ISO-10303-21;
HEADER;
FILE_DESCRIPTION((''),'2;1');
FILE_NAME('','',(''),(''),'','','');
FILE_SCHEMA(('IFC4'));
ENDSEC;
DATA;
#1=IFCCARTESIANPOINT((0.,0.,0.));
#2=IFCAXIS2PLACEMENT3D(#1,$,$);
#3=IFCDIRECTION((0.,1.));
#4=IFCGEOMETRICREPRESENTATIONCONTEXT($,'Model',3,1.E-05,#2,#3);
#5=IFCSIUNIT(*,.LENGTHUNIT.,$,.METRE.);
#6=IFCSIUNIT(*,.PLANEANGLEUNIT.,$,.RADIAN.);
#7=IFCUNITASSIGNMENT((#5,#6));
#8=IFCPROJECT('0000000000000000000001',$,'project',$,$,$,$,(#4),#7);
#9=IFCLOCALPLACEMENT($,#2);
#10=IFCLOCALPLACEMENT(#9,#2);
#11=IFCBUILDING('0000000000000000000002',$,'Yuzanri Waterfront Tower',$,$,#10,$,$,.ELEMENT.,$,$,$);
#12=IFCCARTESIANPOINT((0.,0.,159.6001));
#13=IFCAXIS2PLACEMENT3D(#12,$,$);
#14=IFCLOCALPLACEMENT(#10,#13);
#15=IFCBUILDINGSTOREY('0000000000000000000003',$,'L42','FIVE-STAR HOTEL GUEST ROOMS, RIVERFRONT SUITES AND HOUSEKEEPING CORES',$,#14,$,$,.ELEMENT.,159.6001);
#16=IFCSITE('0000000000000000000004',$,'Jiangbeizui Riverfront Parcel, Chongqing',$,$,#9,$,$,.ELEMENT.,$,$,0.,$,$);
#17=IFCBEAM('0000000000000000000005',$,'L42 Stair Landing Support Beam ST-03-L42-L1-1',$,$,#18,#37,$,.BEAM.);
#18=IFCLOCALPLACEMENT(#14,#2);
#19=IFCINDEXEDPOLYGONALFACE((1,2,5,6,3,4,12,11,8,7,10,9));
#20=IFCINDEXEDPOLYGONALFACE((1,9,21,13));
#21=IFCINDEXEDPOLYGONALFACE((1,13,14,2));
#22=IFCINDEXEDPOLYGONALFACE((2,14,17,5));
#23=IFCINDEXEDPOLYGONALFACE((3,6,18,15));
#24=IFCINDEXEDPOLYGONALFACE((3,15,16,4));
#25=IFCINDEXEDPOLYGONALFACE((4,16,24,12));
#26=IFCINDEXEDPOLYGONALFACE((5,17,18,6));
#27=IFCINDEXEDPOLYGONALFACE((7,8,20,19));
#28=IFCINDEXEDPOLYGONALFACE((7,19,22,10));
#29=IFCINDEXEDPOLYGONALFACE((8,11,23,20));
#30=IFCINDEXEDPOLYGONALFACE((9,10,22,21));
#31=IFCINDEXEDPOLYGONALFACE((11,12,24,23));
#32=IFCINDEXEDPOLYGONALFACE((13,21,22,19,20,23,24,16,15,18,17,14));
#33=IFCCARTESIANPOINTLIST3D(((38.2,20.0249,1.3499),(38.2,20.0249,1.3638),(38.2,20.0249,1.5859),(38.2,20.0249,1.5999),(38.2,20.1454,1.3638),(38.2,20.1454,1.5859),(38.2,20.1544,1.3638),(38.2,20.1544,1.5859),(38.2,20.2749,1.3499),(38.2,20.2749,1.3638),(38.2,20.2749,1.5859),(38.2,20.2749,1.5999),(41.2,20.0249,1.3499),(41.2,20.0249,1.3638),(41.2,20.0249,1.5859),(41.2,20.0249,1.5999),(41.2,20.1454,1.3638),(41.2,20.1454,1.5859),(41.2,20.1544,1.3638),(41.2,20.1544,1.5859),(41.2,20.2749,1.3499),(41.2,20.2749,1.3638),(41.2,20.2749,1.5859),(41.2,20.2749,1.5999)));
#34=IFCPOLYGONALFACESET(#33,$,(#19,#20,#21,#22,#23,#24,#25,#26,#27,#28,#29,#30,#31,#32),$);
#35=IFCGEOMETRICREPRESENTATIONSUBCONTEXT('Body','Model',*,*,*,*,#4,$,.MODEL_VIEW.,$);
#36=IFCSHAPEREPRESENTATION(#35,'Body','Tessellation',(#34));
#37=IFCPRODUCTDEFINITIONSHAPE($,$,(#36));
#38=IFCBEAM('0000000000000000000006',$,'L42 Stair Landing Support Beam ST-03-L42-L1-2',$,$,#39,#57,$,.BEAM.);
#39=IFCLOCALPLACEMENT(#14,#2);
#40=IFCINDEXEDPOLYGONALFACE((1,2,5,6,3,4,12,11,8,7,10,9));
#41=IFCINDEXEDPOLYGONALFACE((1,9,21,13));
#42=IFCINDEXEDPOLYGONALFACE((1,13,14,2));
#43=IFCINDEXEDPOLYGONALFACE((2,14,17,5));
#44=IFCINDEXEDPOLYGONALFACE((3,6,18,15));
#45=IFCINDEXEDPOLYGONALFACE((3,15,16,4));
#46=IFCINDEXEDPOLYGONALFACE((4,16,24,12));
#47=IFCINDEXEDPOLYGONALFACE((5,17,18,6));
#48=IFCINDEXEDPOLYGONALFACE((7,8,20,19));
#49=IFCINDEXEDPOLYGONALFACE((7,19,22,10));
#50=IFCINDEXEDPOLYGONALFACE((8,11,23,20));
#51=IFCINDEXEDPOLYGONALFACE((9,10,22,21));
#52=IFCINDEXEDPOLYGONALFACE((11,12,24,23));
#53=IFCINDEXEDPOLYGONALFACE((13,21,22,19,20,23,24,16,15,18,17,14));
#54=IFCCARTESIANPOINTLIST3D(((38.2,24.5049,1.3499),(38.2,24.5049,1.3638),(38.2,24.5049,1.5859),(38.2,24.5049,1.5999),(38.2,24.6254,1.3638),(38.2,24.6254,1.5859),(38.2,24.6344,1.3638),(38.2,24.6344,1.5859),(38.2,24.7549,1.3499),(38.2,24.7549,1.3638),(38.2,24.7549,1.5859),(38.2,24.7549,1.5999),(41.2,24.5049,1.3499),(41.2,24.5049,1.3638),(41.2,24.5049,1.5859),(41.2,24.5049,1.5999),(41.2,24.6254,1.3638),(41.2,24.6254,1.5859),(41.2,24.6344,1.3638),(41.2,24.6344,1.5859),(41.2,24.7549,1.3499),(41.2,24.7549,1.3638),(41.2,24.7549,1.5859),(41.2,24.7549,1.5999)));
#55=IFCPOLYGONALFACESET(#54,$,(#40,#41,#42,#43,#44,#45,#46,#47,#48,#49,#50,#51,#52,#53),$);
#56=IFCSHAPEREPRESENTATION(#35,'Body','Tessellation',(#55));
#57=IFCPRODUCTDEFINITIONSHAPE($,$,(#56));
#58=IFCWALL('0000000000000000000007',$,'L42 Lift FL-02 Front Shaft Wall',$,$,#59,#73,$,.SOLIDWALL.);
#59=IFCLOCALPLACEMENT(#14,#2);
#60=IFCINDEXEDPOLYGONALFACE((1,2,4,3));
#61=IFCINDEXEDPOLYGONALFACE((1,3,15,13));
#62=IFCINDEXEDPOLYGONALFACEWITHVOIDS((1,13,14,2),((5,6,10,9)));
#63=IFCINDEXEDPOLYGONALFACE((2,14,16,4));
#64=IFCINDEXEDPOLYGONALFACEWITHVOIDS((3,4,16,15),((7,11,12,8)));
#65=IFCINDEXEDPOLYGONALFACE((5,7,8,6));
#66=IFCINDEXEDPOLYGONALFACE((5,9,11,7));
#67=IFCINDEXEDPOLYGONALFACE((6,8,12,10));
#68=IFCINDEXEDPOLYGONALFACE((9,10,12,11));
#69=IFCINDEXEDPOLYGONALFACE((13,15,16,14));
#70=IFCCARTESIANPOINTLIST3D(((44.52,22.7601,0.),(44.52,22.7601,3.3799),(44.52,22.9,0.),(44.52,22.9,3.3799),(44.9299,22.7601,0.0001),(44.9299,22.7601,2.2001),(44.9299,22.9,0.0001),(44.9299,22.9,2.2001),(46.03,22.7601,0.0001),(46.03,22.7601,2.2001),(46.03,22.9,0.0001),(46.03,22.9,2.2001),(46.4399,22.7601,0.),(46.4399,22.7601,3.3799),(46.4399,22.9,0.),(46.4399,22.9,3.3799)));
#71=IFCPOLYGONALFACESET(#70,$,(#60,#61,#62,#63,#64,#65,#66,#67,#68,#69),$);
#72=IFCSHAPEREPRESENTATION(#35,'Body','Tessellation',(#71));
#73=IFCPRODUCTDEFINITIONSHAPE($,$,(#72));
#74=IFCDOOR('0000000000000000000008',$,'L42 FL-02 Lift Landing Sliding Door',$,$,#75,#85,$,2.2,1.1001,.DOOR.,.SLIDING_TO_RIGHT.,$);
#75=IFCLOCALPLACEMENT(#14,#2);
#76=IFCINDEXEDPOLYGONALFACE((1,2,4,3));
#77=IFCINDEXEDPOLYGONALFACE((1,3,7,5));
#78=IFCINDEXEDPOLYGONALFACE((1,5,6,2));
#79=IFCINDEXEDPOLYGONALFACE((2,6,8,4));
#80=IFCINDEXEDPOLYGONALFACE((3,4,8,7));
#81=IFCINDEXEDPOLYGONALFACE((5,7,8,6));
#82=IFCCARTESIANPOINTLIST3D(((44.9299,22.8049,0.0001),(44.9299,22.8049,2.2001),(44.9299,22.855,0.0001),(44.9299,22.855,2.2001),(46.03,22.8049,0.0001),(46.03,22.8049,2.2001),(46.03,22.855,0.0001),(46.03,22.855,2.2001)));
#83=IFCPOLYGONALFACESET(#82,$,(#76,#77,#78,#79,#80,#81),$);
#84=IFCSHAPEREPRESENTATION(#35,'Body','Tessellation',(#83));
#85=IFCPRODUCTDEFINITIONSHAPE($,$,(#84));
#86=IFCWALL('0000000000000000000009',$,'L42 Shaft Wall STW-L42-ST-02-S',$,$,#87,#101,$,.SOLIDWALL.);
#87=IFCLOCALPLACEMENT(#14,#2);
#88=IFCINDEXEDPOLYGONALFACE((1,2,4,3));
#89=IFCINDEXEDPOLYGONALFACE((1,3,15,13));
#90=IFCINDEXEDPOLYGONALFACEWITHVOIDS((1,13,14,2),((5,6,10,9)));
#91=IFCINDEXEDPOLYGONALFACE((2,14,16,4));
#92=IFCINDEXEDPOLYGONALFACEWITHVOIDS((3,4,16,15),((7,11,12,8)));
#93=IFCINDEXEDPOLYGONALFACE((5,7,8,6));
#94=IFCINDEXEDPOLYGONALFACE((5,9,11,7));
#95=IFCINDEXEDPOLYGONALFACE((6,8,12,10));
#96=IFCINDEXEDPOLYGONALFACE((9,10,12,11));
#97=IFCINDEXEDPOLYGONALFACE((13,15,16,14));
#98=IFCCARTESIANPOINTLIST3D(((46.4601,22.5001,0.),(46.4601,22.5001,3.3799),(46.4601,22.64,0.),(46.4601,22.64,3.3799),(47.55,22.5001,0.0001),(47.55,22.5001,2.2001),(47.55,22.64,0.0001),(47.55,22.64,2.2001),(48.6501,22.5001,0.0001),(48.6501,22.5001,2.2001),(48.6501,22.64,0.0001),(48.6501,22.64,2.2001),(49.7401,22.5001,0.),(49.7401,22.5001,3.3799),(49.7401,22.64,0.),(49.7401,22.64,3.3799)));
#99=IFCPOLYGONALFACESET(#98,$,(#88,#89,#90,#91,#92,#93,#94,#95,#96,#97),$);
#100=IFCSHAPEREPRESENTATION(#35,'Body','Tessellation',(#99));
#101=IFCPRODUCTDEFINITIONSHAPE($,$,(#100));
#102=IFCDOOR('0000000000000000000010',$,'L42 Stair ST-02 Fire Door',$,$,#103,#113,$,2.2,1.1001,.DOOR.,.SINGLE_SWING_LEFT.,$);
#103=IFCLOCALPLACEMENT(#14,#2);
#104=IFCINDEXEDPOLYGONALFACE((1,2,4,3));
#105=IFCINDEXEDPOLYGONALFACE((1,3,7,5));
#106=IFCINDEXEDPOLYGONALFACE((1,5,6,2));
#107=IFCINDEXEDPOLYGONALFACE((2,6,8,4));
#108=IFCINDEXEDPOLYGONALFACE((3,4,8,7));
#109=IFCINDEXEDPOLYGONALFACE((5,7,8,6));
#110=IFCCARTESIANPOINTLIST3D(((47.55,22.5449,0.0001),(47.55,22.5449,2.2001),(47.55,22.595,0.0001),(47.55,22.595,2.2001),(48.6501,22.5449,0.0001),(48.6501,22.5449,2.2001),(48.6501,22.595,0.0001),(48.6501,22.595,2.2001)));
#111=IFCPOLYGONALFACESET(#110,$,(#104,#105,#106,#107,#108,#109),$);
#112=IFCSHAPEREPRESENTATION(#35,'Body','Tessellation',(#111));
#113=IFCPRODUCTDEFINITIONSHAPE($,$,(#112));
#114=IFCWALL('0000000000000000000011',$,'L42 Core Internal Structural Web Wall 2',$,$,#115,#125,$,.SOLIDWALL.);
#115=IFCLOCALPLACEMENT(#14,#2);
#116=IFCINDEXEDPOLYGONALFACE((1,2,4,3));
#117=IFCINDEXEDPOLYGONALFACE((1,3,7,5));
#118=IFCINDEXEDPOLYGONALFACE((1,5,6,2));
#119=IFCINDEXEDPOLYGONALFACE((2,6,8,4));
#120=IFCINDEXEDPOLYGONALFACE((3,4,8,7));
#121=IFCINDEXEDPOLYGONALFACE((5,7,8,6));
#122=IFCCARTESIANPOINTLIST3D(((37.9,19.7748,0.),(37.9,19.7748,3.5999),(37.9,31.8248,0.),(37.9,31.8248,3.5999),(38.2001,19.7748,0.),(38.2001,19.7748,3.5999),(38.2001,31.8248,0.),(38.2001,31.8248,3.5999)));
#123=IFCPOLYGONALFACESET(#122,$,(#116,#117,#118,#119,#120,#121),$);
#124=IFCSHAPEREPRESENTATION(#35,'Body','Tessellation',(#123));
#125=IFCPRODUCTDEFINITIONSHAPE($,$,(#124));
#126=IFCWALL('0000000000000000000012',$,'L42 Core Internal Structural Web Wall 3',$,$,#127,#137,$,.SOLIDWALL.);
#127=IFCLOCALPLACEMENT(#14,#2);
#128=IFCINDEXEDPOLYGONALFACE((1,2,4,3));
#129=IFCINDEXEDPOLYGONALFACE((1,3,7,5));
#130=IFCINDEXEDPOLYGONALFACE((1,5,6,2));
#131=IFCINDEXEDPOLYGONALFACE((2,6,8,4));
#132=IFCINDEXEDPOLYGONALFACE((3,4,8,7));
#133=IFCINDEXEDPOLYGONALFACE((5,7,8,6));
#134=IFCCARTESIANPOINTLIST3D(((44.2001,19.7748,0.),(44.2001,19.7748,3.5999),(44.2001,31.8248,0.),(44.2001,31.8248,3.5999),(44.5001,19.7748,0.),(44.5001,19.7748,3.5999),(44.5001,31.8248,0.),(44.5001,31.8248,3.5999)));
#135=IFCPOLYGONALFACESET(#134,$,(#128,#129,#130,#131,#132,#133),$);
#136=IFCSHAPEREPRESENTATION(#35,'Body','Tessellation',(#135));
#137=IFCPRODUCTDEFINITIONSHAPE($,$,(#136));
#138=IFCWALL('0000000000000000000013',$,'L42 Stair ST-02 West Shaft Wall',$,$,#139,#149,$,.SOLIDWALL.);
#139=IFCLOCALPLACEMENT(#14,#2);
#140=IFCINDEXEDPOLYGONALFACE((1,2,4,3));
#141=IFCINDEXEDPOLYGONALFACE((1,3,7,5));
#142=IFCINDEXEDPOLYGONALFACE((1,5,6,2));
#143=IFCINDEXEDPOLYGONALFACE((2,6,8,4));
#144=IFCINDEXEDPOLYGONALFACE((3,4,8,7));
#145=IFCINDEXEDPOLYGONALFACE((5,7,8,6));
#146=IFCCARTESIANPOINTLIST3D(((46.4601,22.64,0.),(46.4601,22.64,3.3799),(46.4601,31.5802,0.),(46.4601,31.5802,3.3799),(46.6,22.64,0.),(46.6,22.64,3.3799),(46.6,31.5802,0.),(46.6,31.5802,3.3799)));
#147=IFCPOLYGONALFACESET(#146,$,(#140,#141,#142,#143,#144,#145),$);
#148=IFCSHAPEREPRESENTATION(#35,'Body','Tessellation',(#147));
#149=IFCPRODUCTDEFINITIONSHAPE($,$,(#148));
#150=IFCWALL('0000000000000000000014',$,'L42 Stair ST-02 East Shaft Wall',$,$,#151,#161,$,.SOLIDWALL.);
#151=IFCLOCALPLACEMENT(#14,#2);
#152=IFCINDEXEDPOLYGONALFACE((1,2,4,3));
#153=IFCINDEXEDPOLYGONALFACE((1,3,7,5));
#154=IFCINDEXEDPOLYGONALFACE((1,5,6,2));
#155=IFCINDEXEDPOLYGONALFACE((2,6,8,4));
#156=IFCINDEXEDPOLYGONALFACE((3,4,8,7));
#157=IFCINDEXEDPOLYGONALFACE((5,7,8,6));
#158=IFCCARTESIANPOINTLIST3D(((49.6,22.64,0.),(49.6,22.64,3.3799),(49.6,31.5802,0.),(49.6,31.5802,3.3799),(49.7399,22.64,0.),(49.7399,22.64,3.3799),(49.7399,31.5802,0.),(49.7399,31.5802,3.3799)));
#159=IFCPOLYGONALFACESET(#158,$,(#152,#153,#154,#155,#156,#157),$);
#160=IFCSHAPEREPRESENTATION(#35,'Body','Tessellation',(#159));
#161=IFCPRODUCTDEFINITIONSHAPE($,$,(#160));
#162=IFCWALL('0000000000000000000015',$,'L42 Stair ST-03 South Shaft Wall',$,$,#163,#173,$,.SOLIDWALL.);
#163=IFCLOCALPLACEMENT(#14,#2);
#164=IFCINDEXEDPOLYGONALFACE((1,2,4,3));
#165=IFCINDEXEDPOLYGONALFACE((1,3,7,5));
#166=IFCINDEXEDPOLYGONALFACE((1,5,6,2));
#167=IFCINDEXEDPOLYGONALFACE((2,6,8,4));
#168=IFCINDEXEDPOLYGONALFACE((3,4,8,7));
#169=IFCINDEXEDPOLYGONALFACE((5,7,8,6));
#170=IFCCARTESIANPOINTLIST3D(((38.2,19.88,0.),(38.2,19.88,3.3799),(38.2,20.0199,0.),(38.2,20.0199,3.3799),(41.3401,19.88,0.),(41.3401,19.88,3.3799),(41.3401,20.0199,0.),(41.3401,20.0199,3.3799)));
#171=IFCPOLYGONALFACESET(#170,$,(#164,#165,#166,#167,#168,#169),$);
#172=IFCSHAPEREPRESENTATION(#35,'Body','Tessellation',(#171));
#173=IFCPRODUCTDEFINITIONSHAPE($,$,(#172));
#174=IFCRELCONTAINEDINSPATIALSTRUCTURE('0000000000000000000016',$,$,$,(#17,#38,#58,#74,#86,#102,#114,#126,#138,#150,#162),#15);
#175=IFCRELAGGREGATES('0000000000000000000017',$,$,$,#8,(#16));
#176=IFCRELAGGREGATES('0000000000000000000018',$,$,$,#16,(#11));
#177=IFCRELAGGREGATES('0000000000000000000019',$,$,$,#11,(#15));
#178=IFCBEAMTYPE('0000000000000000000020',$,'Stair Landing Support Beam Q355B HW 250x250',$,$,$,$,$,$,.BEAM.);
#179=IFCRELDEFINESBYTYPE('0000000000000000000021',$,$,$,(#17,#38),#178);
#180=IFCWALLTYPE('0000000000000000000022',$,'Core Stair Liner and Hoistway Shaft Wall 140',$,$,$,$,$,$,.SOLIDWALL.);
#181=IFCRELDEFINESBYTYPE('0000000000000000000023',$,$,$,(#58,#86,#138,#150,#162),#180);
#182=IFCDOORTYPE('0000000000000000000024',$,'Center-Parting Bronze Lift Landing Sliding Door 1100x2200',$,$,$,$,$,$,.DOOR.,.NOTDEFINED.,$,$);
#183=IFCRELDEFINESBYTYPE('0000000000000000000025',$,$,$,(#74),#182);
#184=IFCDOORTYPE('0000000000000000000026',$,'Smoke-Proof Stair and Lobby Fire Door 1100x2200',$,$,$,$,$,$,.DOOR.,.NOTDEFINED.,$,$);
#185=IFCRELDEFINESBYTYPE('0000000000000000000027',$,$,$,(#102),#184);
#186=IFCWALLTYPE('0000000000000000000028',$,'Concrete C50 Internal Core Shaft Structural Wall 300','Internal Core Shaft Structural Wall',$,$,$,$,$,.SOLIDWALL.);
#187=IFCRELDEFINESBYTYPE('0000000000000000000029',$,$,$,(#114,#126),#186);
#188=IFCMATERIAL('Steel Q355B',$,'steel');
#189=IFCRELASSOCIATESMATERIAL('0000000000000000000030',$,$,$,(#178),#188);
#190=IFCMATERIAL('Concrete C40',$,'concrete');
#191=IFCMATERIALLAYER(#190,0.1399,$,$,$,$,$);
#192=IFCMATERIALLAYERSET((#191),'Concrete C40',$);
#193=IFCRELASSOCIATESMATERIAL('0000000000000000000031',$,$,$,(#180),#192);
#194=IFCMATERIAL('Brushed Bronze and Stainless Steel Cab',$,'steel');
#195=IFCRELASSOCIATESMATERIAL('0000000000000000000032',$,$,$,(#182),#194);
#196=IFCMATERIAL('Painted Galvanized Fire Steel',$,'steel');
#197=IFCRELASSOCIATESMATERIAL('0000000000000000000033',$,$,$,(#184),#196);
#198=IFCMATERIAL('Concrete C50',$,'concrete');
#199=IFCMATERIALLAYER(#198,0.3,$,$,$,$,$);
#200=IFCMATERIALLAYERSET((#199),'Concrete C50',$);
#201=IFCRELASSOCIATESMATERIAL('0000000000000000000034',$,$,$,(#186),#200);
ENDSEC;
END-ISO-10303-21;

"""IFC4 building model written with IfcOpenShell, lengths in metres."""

from ifc_helpers import new_model, si_unit, direction, frame, frame_2d, origin, origin_2d, place, context, subcontext, project, spatial, rectangle, i_section, extrude, source, transform, mapped, material, layer, layer_set, material_profile, profile_set, type_object, element, fill, save


model = new_model("IFC4")

# Units and contexts
model_context = context("Model", 3, precision=1e-05, world=origin(), true_north=direction((0.0, 1.0)))
body_context = subcontext(model_context, "Body", "Model", "MODEL_VIEW")
ifc_project = project(units=[si_unit("LENGTHUNIT", "METRE"), si_unit("PLANEANGLEUNIT", "RADIAN")], contexts=[model_context])

# Site, building, storey
site_placement = place(None, origin())
site = spatial("IfcSite", under=ifc_project, at=site_placement, Name="Jiangbeizui Riverfront Parcel, Chongqing", CompositionType="ELEMENT", RefElevation=0.0)
building_placement = place(site_placement, origin())
building = spatial("IfcBuilding", under=site, at=building_placement, Name="Yuzanri Waterfront Tower", CompositionType="ELEMENT")
storey_placement = place(building_placement, frame((0.0, 0.0, 159.6001)))
storey = spatial("IfcBuildingStorey", under=building, at=storey_placement, Name="L42", Description="FIVE-STAR HOTEL GUEST ROOMS, RIVERFRONT SUITES AND HOUSEKEEPING CORES", CompositionType="ELEMENT", Elevation=159.6001)

# Beams
ifc_material_1 = material(Name="Steel Q355B", Category="steel")
ifc_material_profile = material_profile(ifc_material_1, i_section(OverallWidth=0.25, OverallDepth=0.25, WebThickness=0.009, FlangeThickness=0.0139, at=origin_2d()), Name="HW 250x250x9x14")
ifc_profile_set = profile_set([ifc_material_profile], Name="Steel Q355B")
beam_type = type_object("IfcBeamType", Name="Stair Landing Support Beam Q355B HW 250x250", PredefinedType="BEAM", material=ifc_profile_set)
shared_shape_1 = source(origin(), body_context, "Body", "SweptSolid", [
    extrude(i_section(OverallWidth=0.25, OverallDepth=0.25, WebThickness=0.009, FlangeThickness=0.0139, at=origin_2d()), origin(), (0.0, 0.0, 1.0), 3.0),
])
for number, where, z_axis, x_axis, name in (
    (1, (38.2, 20.1499, 1.4749), (1.0, 0.0, 0.0), (0.0, 1.0, 0.0), "L42 Stair Landing Support Beam ST-03-L42-L1-1"),
    (2, (38.2, 24.6299, 1.4749), (1.0, 0.0, 0.0), (0.0, 1.0, 0.0), "L42 Stair Landing Support Beam ST-03-L42-L1-2"),
):
    element("IfcBeam", number, at=place(storey_placement, frame(where, z_axis=z_axis, x_axis=x_axis)), inside=storey, type_object=beam_type, Name=name, PredefinedType="BEAM", context=body_context, shape_type="MappedRepresentation", body=[
        mapped(shared_shape_1, transform((0.0, 0.0, 0.0), scale=1.0)),
    ])

# Walls, openings, doors
ifc_material_2 = material(Name="Concrete C40", Category="concrete")
ifc_layer_1 = layer(ifc_material_2, 0.1399)
ifc_layer_set_1 = layer_set([ifc_layer_1], Name="Concrete C40")
wall_type_1 = type_object("IfcWallType", Name="Core Stair Liner and Hoistway Shaft Wall 140", PredefinedType="SOLIDWALL", material=ifc_layer_set_1)
wall_1_placement = place(storey_placement, frame((44.52, 22.8301, 0.0), z_axis=(0.0, 0.0, 1.0), x_axis=(1.0, 0.0, 0.0)))
wall_1 = element("IfcWall", 3, at=wall_1_placement, inside=storey, type_object=wall_type_1, Name="L42 Lift FL-02 Front Shaft Wall", PredefinedType="SOLIDWALL", context=body_context, shape_type="SweptSolid", body=[
    extrude(rectangle(XDim=1.9199, YDim=0.1399, at=frame_2d((0.96, 0.0))), origin(), (0.0, 0.0, 1.0), 3.3799),
])
opening_1_placement = place(wall_1_placement, frame((0.4099, 0.0, 0.0)))
opening_1 = element("IfcOpeningElement", 4, at=opening_1_placement, cuts=wall_1, PredefinedType="OPENING", context=body_context, shape_type="SweptSolid", body=[
    extrude(rectangle(XDim=1.1001, YDim=2.2, at=frame_2d((0.55, 1.1001))), frame((0.0, 0.085, 0.0), z_axis=(0.0, -1.0, 0.0), x_axis=(1.0, 0.0, 0.0)), (0.0, 0.0, 1.0), 0.1697),
])
ifc_material_3 = material(Name="Brushed Bronze and Stainless Steel Cab", Category="steel")
door_type_1 = type_object("IfcDoorType", Name="Center-Parting Bronze Lift Landing Sliding Door 1100x2200", OperationType="NOTDEFINED", PredefinedType="DOOR", material=ifc_material_3)
shared_shape_2 = source(origin(), body_context, "Body", "SweptSolid", [
    extrude(rectangle(XDim=1.1001, YDim=2.2, at=frame_2d((0.55, 1.1001))), frame((0.0, 0.0249, 0.0), z_axis=(0.0, -1.0, 0.0), x_axis=(1.0, 0.0, 0.0)), (0.0, 0.0, 1.0), 0.05),
])
door_1_placement = place(opening_1_placement, origin())
door_1 = element("IfcDoor", 5, at=door_1_placement, inside=storey, type_object=door_type_1, Name="L42 FL-02 Lift Landing Sliding Door", OperationType="SLIDING_TO_RIGHT", OverallHeight=2.2, OverallWidth=1.1001, PredefinedType="DOOR", context=body_context, shape_type="MappedRepresentation", body=[
    mapped(shared_shape_2, transform((0.0, 0.0, 0.0), scale=1.0)),
])
fill(opening_1, door_1)
wall_2_placement = place(storey_placement, frame((46.46, 22.5701, 0.0), z_axis=(0.0, 0.0, 1.0), x_axis=(1.0, 0.0, 0.0)))
wall_2 = element("IfcWall", 6, at=wall_2_placement, inside=storey, type_object=wall_type_1, Name="L42 Shaft Wall STW-L42-ST-02-S", PredefinedType="SOLIDWALL", context=body_context, shape_type="SweptSolid", body=[
    extrude(rectangle(XDim=3.28, YDim=0.1399, at=frame_2d((1.6401, 0.0))), origin(), (0.0, 0.0, 1.0), 3.3799),
])
opening_2_placement = place(wall_2_placement, frame((1.0901, 0.0, 0.0)))
opening_2 = element("IfcOpeningElement", 7, at=opening_2_placement, cuts=wall_2, PredefinedType="OPENING", context=body_context, shape_type="SweptSolid", body=[
    extrude(rectangle(XDim=1.1001, YDim=2.2, at=frame_2d((0.55, 1.1001))), frame((0.0, 0.085, 0.0), z_axis=(0.0, -1.0, 0.0), x_axis=(1.0, 0.0, 0.0)), (0.0, 0.0, 1.0), 0.1697),
])
ifc_material_4 = material(Name="Painted Galvanized Fire Steel", Category="steel")
door_type_2 = type_object("IfcDoorType", Name="Smoke-Proof Stair and Lobby Fire Door 1100x2200", OperationType="NOTDEFINED", PredefinedType="DOOR", material=ifc_material_4)
shared_shape_3 = source(origin(), body_context, "Body", "SweptSolid", [
    extrude(rectangle(XDim=1.1001, YDim=2.2, at=frame_2d((0.55, 1.1001))), frame((0.0, 0.0249, 0.0), z_axis=(0.0, -1.0, 0.0), x_axis=(1.0, 0.0, 0.0)), (0.0, 0.0, 1.0), 0.05),
])
door_2_placement = place(opening_2_placement, origin())
door_2 = element("IfcDoor", 8, at=door_2_placement, inside=storey, type_object=door_type_2, Name="L42 Stair ST-02 Fire Door", OperationType="SINGLE_SWING_LEFT", OverallHeight=2.2, OverallWidth=1.1001, PredefinedType="DOOR", context=body_context, shape_type="MappedRepresentation", body=[
    mapped(shared_shape_3, transform((0.0, 0.0, 0.0), scale=1.0)),
])
fill(opening_2, door_2)

# Walls
ifc_material_5 = material(Name="Concrete C50", Category="concrete")
ifc_layer_2 = layer(ifc_material_5, 0.3)
ifc_layer_set_2 = layer_set([ifc_layer_2], Name="Concrete C50")
wall_type_2 = type_object("IfcWallType", Name="Concrete C50 Internal Core Shaft Structural Wall 300", Description="Internal Core Shaft Structural Wall", PredefinedType="SOLIDWALL", material=ifc_layer_set_2)
shared_shape_4 = source(origin(), body_context, "Body", "SweptSolid", [
    extrude(rectangle(XDim=12.05, YDim=0.3, at=frame_2d((6.0249, 0.0))), origin(), (0.0, 0.0, 1.0), 3.5999),
])
for number, where, z_axis, x_axis, name in (
    (9, (38.05, 19.7749, 0.0), (0.0, 0.0, 1.0), (0.0, 1.0, 0.0), "L42 Core Internal Structural Web Wall 2"),
    (10, (44.3501, 19.7749, 0.0), (0.0, 0.0, 1.0), (0.0, 1.0, 0.0), "L42 Core Internal Structural Web Wall 3"),
):
    element("IfcWall", number, at=place(storey_placement, frame(where, z_axis=z_axis, x_axis=x_axis)), inside=storey, type_object=wall_type_2, Name=name, PredefinedType="SOLIDWALL", context=body_context, shape_type="MappedRepresentation", body=[
        mapped(shared_shape_4, transform((0.0, 0.0, 0.0), scale=1.0)),
    ])
shared_shape_5 = source(origin(), body_context, "Body", "SweptSolid", [
    extrude(rectangle(XDim=8.9402, YDim=0.1399, at=frame_2d((4.4702, 0.0))), origin(), (0.0, 0.0, 1.0), 3.3799),
])
for number, where, z_axis, x_axis, name in (
    (11, (46.53, 22.6399, 0.0), (0.0, 0.0, 1.0), (0.0, 1.0, 0.0), "L42 Stair ST-02 West Shaft Wall"),
    (12, (49.6699, 22.6399, 0.0), (0.0, 0.0, 1.0), (0.0, 1.0, 0.0), "L42 Stair ST-02 East Shaft Wall"),
):
    element("IfcWall", number, at=place(storey_placement, frame(where, z_axis=z_axis, x_axis=x_axis)), inside=storey, type_object=wall_type_1, Name=name, PredefinedType="SOLIDWALL", context=body_context, shape_type="MappedRepresentation", body=[
        mapped(shared_shape_5, transform((0.0, 0.0, 0.0), scale=1.0)),
    ])
shared_shape_6 = source(origin(), body_context, "Body", "SweptSolid", [
    extrude(rectangle(XDim=3.1401, YDim=0.1399, at=frame_2d((1.5701, 0.0))), origin(), (0.0, 0.0, 1.0), 3.3799),
])
wall_3_placement = place(storey_placement, frame((38.2, 19.95, 0.0), z_axis=(0.0, 0.0, 1.0), x_axis=(1.0, 0.0, 0.0)))
element("IfcWall", 13, at=wall_3_placement, inside=storey, type_object=wall_type_1, Name="L42 Stair ST-03 South Shaft Wall", PredefinedType="SOLIDWALL", context=body_context, shape_type="MappedRepresentation", body=[
    mapped(shared_shape_6, transform((0.0, 0.0, 0.0), scale=1.0)),
])

save(model, "model.ifc")
